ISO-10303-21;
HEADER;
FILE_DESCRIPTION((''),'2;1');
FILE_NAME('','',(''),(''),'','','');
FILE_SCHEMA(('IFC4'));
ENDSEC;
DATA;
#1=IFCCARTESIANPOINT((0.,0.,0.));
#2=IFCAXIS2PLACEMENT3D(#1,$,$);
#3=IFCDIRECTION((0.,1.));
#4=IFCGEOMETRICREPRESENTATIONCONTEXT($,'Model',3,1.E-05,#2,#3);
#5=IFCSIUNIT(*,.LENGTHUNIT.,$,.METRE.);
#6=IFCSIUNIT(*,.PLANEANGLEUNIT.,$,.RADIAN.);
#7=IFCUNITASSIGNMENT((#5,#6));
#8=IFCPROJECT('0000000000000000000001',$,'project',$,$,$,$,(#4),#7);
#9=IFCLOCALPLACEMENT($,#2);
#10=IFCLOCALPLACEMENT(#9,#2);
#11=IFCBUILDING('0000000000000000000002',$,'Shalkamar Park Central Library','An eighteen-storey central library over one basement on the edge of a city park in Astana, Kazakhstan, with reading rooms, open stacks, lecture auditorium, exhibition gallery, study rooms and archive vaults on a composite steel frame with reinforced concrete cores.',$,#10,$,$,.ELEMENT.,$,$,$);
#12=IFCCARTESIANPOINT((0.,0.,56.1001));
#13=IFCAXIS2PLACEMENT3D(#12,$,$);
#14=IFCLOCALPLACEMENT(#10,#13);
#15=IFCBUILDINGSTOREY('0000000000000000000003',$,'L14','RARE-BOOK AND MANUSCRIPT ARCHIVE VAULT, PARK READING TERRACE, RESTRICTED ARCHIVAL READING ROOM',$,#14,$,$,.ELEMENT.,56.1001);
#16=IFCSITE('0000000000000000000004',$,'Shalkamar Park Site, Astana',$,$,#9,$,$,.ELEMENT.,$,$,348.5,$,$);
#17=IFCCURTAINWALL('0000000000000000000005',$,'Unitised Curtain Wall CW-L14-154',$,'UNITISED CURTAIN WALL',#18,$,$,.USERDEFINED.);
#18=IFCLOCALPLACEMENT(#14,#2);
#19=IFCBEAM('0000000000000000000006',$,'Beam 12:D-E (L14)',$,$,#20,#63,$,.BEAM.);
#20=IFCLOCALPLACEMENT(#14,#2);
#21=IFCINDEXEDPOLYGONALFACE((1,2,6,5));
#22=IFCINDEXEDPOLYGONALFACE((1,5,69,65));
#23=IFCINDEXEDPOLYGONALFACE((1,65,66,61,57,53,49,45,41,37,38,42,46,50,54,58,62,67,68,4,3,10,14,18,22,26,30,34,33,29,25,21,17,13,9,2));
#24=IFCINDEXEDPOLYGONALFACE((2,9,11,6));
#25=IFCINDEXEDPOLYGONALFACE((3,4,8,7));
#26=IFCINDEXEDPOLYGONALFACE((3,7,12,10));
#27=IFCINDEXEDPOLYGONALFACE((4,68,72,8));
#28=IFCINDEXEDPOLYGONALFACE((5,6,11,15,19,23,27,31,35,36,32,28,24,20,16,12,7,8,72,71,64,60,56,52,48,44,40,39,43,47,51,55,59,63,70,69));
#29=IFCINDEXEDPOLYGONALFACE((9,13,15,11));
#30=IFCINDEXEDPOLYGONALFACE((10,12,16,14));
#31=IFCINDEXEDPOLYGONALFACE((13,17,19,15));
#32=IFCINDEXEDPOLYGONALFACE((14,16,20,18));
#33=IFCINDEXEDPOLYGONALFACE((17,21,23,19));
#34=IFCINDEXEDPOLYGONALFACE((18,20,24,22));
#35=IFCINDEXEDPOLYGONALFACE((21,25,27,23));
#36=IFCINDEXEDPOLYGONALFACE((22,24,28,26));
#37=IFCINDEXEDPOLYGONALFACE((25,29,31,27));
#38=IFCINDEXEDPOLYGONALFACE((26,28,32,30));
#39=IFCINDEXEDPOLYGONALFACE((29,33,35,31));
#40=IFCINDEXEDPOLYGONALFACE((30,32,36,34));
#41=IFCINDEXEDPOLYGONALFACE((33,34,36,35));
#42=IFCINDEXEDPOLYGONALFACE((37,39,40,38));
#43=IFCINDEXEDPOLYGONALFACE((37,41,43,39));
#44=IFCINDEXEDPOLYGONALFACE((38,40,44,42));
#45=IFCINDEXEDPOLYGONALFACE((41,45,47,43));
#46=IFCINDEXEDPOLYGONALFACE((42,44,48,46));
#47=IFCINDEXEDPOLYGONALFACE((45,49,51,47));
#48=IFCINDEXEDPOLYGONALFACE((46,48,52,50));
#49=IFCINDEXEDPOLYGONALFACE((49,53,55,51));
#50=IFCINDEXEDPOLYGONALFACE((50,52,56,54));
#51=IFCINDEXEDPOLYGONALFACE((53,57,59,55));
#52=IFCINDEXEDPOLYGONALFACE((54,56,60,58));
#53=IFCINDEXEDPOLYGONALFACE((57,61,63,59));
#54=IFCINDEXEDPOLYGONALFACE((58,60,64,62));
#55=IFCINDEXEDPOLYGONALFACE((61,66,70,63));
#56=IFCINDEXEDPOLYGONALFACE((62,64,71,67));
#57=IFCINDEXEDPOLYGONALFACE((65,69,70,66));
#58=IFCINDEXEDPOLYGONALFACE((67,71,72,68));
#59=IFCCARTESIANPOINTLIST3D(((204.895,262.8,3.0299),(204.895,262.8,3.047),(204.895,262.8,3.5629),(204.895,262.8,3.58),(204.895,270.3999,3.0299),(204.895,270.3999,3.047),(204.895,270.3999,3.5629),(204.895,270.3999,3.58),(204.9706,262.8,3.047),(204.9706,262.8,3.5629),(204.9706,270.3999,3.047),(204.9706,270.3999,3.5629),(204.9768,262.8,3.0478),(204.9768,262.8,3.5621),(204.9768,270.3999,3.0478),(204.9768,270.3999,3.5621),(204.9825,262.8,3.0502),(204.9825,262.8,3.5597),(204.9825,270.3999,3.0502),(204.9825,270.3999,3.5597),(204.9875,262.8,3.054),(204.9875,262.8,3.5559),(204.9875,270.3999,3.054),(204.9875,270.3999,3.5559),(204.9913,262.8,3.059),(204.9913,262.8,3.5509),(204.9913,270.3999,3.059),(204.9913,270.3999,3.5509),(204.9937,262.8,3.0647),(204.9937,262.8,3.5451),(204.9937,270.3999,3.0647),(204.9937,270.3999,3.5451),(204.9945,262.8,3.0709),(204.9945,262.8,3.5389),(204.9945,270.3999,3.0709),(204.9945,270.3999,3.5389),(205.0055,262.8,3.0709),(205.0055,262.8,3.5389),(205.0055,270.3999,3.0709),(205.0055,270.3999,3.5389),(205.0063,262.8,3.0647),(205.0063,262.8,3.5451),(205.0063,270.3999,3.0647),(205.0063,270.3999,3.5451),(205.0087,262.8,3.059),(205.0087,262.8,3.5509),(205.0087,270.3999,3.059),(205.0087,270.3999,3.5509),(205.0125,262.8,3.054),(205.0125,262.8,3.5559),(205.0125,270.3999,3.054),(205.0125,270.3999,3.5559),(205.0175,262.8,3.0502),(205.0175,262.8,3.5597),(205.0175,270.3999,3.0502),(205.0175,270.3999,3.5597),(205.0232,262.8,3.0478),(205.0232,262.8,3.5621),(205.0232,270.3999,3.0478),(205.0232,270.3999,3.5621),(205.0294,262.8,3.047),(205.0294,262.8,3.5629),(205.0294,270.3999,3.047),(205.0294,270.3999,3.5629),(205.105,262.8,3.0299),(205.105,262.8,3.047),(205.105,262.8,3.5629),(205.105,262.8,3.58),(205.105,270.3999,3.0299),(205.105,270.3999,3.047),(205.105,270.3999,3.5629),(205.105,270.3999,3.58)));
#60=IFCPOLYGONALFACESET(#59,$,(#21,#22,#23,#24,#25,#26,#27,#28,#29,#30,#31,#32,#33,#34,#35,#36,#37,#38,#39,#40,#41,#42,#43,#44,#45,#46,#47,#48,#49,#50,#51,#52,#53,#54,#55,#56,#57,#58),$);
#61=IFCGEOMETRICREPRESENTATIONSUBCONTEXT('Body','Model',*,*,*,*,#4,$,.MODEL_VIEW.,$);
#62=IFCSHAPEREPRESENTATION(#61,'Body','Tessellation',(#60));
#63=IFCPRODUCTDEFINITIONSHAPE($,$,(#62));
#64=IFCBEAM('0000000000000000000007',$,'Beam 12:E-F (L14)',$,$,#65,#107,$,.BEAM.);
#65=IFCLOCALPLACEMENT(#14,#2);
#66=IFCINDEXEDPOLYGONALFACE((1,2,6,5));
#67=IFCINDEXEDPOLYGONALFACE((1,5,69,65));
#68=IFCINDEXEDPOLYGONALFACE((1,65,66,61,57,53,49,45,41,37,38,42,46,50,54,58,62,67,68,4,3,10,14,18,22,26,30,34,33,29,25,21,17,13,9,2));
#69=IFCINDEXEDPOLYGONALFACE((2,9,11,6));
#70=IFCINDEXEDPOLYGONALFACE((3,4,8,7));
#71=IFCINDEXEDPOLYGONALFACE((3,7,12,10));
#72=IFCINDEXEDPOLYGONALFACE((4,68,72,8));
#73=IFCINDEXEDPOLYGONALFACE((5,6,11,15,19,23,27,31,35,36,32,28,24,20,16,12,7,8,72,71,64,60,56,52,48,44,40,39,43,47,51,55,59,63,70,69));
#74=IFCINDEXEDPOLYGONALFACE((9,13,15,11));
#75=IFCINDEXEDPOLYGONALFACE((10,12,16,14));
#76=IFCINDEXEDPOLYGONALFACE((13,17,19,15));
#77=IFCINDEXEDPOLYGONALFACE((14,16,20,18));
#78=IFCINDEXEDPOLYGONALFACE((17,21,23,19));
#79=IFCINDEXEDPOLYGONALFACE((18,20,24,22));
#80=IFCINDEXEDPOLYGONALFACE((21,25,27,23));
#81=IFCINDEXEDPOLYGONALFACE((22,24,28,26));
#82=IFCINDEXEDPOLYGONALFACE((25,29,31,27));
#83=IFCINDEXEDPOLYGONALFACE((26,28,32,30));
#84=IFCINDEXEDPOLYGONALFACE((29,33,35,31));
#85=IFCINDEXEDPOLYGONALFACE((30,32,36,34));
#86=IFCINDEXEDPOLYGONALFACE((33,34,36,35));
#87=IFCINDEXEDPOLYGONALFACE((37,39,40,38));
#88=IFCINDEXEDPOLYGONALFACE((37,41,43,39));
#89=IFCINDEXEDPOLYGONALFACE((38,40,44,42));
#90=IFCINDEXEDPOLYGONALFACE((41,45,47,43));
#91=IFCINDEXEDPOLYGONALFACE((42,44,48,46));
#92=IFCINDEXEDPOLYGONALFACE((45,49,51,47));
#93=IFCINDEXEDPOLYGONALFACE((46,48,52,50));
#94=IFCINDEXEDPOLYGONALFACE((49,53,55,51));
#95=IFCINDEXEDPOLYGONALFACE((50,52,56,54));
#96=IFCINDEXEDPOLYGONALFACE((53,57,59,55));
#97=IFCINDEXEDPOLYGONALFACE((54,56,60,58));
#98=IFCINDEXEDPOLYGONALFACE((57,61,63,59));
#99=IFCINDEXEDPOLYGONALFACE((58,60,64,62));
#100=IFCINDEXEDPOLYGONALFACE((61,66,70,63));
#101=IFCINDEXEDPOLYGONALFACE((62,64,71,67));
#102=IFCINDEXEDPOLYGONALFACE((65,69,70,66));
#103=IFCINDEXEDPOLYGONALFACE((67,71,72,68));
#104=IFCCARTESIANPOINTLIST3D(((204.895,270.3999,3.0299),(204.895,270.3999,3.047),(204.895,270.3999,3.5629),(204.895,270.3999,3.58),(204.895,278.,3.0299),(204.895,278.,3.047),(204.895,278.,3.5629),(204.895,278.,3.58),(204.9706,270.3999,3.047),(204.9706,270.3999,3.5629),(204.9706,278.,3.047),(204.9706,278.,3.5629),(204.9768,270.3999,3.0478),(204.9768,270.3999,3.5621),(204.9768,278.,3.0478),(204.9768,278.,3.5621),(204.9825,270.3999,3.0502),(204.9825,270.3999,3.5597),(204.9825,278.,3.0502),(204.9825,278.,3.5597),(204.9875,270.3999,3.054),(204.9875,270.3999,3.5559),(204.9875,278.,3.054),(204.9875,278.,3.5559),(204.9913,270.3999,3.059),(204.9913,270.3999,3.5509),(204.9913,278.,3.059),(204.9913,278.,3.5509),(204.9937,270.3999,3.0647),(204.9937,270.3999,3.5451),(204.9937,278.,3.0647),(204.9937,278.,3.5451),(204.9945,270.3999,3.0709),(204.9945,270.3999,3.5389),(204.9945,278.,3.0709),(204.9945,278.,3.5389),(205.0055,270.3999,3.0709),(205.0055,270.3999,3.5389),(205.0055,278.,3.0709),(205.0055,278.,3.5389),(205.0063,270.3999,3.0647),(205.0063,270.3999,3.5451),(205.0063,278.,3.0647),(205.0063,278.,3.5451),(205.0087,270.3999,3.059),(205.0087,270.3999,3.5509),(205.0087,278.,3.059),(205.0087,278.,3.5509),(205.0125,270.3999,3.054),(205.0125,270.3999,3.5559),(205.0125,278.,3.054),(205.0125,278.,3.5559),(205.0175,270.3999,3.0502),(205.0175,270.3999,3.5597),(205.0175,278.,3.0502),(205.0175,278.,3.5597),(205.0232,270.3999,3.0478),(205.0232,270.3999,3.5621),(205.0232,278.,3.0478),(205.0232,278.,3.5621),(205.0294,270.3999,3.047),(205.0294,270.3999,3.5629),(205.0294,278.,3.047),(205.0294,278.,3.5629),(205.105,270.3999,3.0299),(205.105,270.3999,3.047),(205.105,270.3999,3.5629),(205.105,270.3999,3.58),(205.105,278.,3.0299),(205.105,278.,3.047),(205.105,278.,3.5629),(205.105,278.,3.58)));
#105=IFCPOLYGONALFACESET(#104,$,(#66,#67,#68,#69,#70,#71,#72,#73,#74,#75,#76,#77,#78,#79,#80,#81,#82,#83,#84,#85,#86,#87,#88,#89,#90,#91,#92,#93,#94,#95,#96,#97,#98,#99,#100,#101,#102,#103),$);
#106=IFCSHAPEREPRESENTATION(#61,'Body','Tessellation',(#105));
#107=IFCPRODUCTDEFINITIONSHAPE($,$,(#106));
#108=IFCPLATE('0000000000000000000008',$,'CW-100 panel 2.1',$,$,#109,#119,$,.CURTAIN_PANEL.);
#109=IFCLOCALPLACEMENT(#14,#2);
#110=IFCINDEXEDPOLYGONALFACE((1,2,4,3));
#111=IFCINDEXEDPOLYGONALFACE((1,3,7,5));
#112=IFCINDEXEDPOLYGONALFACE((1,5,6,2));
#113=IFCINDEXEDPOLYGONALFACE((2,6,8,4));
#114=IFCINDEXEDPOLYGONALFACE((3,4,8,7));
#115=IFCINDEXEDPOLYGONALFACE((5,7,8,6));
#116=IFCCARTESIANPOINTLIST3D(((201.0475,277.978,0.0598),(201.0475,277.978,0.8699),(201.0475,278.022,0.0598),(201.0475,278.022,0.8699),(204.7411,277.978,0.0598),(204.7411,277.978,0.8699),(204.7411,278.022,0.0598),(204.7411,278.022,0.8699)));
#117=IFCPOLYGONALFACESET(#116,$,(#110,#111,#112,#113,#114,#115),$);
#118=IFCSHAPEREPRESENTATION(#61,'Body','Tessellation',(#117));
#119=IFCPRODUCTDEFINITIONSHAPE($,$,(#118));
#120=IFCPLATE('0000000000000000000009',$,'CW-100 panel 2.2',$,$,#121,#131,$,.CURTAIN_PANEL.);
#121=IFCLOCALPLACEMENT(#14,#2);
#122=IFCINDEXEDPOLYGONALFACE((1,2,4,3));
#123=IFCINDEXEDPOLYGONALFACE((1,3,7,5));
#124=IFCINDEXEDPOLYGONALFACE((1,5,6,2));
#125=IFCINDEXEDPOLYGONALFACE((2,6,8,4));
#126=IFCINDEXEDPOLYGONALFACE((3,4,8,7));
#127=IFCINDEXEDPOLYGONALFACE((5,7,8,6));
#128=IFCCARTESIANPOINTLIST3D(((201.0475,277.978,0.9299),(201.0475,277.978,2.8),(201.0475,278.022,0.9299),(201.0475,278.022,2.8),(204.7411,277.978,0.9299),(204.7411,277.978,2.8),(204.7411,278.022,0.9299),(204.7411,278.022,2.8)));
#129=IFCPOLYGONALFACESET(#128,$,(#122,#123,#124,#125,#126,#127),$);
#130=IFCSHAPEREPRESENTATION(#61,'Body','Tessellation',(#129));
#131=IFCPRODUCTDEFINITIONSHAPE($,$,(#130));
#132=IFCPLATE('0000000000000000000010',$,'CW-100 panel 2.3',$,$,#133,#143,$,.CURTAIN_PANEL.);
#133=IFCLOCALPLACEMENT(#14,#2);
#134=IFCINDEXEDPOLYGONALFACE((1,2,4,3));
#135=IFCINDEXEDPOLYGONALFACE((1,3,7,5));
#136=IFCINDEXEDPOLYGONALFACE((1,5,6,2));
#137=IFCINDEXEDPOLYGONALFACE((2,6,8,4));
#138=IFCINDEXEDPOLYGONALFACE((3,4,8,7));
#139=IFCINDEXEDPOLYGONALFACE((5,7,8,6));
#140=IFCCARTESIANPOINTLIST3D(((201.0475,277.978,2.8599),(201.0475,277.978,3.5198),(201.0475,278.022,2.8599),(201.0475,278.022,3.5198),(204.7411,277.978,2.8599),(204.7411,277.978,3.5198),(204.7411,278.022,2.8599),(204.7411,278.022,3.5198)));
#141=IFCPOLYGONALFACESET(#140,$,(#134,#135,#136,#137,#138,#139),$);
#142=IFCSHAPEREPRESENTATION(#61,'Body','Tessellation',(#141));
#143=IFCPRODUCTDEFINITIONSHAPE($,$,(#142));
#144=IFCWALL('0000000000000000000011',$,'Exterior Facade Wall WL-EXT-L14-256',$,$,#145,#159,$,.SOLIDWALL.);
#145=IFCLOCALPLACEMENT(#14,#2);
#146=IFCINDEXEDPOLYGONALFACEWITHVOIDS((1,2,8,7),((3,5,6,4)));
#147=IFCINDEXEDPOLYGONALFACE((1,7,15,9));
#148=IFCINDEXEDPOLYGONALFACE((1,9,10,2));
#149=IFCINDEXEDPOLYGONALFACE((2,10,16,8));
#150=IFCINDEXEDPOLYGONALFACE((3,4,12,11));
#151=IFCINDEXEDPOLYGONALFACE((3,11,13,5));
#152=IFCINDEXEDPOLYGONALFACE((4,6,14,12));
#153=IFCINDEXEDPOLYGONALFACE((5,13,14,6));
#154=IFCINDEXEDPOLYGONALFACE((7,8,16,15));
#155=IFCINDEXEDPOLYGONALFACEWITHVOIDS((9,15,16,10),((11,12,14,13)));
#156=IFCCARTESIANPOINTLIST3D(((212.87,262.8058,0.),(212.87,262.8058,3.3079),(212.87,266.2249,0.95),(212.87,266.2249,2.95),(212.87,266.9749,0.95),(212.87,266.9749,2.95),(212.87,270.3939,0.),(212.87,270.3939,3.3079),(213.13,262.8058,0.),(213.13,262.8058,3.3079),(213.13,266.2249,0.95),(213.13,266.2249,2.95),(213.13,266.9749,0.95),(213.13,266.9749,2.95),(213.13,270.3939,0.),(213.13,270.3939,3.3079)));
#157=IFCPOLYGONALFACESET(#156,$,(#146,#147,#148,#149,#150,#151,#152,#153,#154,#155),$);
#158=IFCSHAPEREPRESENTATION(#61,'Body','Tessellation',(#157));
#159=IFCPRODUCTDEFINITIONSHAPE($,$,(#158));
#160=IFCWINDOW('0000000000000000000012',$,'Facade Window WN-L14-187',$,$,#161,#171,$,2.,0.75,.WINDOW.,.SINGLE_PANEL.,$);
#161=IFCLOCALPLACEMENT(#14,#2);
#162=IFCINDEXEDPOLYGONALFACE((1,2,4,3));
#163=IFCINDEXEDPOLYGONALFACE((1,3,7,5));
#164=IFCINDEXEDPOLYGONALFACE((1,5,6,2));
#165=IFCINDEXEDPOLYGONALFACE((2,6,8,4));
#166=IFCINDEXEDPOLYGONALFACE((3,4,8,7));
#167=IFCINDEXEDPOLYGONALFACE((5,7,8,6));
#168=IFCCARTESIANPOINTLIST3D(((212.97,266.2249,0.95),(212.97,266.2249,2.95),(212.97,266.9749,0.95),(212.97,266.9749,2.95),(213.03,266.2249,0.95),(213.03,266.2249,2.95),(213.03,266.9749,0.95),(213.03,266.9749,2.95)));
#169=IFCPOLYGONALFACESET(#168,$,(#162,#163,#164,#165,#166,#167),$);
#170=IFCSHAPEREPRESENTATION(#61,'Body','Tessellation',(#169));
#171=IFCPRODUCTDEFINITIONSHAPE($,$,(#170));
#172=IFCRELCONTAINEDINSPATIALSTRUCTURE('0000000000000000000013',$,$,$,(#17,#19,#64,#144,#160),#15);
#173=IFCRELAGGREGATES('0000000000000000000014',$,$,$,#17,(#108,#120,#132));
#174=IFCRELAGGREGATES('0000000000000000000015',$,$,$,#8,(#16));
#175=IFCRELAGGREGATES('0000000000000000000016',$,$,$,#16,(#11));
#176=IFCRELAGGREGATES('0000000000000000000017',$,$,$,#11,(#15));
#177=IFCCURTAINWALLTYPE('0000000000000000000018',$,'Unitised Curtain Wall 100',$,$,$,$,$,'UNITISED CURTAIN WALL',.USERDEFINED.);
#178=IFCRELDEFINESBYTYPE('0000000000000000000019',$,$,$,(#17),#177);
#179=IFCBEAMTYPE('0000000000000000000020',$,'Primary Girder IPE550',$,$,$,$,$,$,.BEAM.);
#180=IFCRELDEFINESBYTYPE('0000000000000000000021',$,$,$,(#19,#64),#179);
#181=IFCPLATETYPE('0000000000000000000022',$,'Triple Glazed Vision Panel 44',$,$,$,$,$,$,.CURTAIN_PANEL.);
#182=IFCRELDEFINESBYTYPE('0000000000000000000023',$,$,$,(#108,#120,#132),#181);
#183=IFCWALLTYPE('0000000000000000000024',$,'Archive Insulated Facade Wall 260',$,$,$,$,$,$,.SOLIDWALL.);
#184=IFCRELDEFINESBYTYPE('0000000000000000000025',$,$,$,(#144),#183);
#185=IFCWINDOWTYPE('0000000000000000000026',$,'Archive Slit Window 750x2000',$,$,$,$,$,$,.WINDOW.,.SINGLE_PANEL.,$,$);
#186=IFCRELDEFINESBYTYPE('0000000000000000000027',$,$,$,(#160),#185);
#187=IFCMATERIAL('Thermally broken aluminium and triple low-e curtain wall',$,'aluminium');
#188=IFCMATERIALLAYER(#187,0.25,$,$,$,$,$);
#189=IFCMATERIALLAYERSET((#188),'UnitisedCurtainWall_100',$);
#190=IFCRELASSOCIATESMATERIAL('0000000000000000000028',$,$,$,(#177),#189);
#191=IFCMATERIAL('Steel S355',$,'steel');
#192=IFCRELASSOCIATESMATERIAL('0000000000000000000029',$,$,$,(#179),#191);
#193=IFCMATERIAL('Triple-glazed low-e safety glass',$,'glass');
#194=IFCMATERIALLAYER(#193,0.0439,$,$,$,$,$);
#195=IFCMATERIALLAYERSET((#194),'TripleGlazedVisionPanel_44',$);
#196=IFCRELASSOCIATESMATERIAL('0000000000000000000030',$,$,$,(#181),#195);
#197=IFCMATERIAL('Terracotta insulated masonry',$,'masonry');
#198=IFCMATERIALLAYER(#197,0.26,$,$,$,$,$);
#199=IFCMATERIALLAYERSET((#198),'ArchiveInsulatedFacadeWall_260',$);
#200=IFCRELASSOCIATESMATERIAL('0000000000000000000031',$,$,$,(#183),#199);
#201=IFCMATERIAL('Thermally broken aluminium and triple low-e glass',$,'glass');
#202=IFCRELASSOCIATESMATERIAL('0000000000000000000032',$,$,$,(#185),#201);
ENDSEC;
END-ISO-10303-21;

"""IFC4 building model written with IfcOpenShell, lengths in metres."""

from ifc_helpers import new_model, si_unit, direction, frame, frame_2d, origin, origin_2d, place, context, subcontext, project, spatial, rectangle, i_section, extrude, material, layer, layer_set, material_profile, profile_set, type_object, element, fill, aggregate, save


model = new_model("IFC4")

# Units and contexts
model_context = context("Model", 3, precision=1e-05, world=origin(), true_north=direction((0.0, 1.0)))
body_context = subcontext(model_context, "Body", "Model", "MODEL_VIEW")
ifc_project = project(units=[si_unit("LENGTHUNIT", "METRE"), si_unit("PLANEANGLEUNIT", "RADIAN")], contexts=[model_context])

# Site, building, storey
site_placement = place(None, origin())
site = spatial("IfcSite", under=ifc_project, at=site_placement, Name="Shalkamar Park Site, Astana", CompositionType="ELEMENT", RefElevation=348.5)
building_placement = place(site_placement, origin())
building = spatial("IfcBuilding", under=site, at=building_placement, Name="Shalkamar Park Central Library", Description="An eighteen-storey central library over one basement on the edge of a city park in Astana, Kazakhstan, with reading rooms, open stacks, lecture auditorium, exhibition gallery, study rooms and archive vaults on a composite steel frame with reinforced concrete cores.", CompositionType="ELEMENT")
storey_placement = place(building_placement, frame((0.0, 0.0, 56.1001)))
storey = spatial("IfcBuildingStorey", under=building, at=storey_placement, Name="L14", Description="RARE-BOOK AND MANUSCRIPT ARCHIVE VAULT, PARK READING TERRACE, RESTRICTED ARCHIVAL READING ROOM", CompositionType="ELEMENT", Elevation=56.1001)

# Shared definitions
ifc_material_1 = material(Name="Steel S355", Category="steel")

# Curtain wall
ifc_material_2 = material(Name="Thermally broken aluminium and triple low-e curtain wall", Category="aluminium")
ifc_layer_1 = layer(ifc_material_2, 0.25)
ifc_layer_set_1 = layer_set([ifc_layer_1], Name="UnitisedCurtainWall_100")
curtain_wall_type = type_object("IfcCurtainWallType", Name="Unitised Curtain Wall 100", ElementType="UNITISED CURTAIN WALL", PredefinedType="USERDEFINED", material=ifc_layer_set_1)
curtain_wall_placement = place(storey_placement, origin())
curtain_wall = element("IfcCurtainWall", 1, at=curtain_wall_placement, inside=storey, type_object=curtain_wall_type, Name="Unitised Curtain Wall CW-L14-154", ObjectType="UNITISED CURTAIN WALL", PredefinedType="USERDEFINED")

# Beams
ifc_material_profile_1 = material_profile(ifc_material_1, i_section(OverallWidth=0.21, OverallDepth=0.55, WebThickness=0.011, FlangeThickness=0.0171, FilletRadius=0.0239, at=origin_2d()), Name="IPE 550")
ifc_profile_set_1 = profile_set([ifc_material_profile_1], Name="Steel S355")
beam_type_1 = type_object("IfcBeamType", Name="Primary Girder IPE550", PredefinedType="BEAM", material=ifc_profile_set_1)
beam_1_placement = place(storey_placement, frame((205.0, 262.8, 3.3049), z_axis=(0.0, 1.0, 0.0), x_axis=(-1.0, 0.0, 0.0)))
element("IfcBeam", 2, at=beam_1_placement, inside=storey, type_object=beam_type_1, Name="Beam 12:D-E (L14)", PredefinedType="BEAM", context=body_context, shape_type="SweptSolid", body=[
    extrude(i_section(OverallWidth=0.21, OverallDepth=0.55, WebThickness=0.011, FlangeThickness=0.0171, FilletRadius=0.0239, at=origin_2d()), origin(), (0.0, 0.0, 1.0), 7.5999),
])
beam_2_placement = place(storey_placement, frame((205.0, 270.3999, 3.3049), z_axis=(0.0, 1.0, 0.0), x_axis=(-1.0, 0.0, 0.0)))
element("IfcBeam", 3, at=beam_2_placement, inside=storey, type_object=beam_type_1, Name="Beam 12:E-F (L14)", PredefinedType="BEAM", context=body_context, shape_type="SweptSolid", body=[
    extrude(i_section(OverallWidth=0.21, OverallDepth=0.55, WebThickness=0.011, FlangeThickness=0.0171, FilletRadius=0.0239, at=origin_2d()), origin(), (0.0, 0.0, 1.0), 7.6001),
])

# Plates
ifc_material_3 = material(Name="Triple-glazed low-e safety glass", Category="glass")
ifc_layer_2 = layer(ifc_material_3, 0.0439)
ifc_layer_set_2 = layer_set([ifc_layer_2], Name="TripleGlazedVisionPanel_44")
plate_type = type_object("IfcPlateType", Name="Triple Glazed Vision Panel 44", PredefinedType="CURTAIN_PANEL", material=ifc_layer_set_2)
plate_1_placement = place(storey_placement, frame((202.8943, 278.0, 0.0598), z_axis=(0.0, 0.0, 1.0), x_axis=(1.0, 0.0, 0.0)))
plate_1 = element("IfcPlate", 4, at=plate_1_placement, type_object=plate_type, Name="CW-100 panel 2.1", PredefinedType="CURTAIN_PANEL", context=body_context, shape_type="SweptSolid", body=[
    extrude(rectangle(XDim=3.6936, YDim=0.0439, at=origin_2d()), origin(), (0.0, 0.0, 1.0), 0.8101),
])
plate_2_placement = place(storey_placement, frame((202.8943, 278.0, 0.9299), z_axis=(0.0, 0.0, 1.0), x_axis=(1.0, 0.0, 0.0)))
plate_2 = element("IfcPlate", 5, at=plate_2_placement, type_object=plate_type, Name="CW-100 panel 2.2", PredefinedType="CURTAIN_PANEL", context=body_context, shape_type="SweptSolid", body=[
    extrude(rectangle(XDim=3.6936, YDim=0.0439, at=origin_2d()), origin(), (0.0, 0.0, 1.0), 1.8701),
])
plate_3_placement = place(storey_placement, frame((202.8943, 278.0, 2.8599), z_axis=(0.0, 0.0, 1.0), x_axis=(1.0, 0.0, 0.0)))
plate_3 = element("IfcPlate", 6, at=plate_3_placement, type_object=plate_type, Name="CW-100 panel 2.3", PredefinedType="CURTAIN_PANEL", context=body_context, shape_type="SweptSolid", body=[
    extrude(rectangle(XDim=3.6936, YDim=0.0439, at=origin_2d()), origin(), (0.0, 0.0, 1.0), 0.6599),
])
aggregate(curtain_wall, [plate_1, plate_2, plate_3])

# Wall, opening, window
ifc_material_4 = material(Name="Terracotta insulated masonry", Category="masonry")
ifc_layer_3 = layer(ifc_material_4, 0.26)
ifc_layer_set_3 = layer_set([ifc_layer_3], Name="ArchiveInsulatedFacadeWall_260")
wall_type = type_object("IfcWallType", Name="Archive Insulated Facade Wall 260", PredefinedType="SOLIDWALL", material=ifc_layer_set_3)
wall_1_placement = place(storey_placement, frame((213.0, 262.8059, 0.0), z_axis=(0.0, 0.0, 1.0), x_axis=(0.0, 1.0, 0.0)))
wall_1 = element("IfcWall", 7, at=wall_1_placement, inside=storey, type_object=wall_type, Name="Exterior Facade Wall WL-EXT-L14-256", PredefinedType="SOLIDWALL", context=body_context, shape_type="SweptSolid", body=[
    extrude(rectangle(XDim=7.5881, YDim=0.26, at=frame_2d((3.7939, 0.0))), origin(), (0.0, 0.0, 1.0), 3.3079),
])
opening_1_placement = place(wall_1_placement, frame((3.4189, 0.0, 0.95)))
opening_1 = element("IfcOpeningElement", 8, at=opening_1_placement, cuts=wall_1, PredefinedType="OPENING", context=body_context, shape_type="SweptSolid", body=[
    extrude(rectangle(XDim=0.75, YDim=2.0, at=frame_2d((0.375, 1.0))), frame((0.0, 0.145, 0.0), z_axis=(0.0, -1.0, 0.0), x_axis=(1.0, 0.0, 0.0)), (0.0, 0.0, 1.0), 0.2898),
])
ifc_material_5 = material(Name="Thermally broken aluminium and triple low-e glass", Category="glass")
window_type_1 = type_object("IfcWindowType", Name="Archive Slit Window 750x2000", PartitioningType="SINGLE_PANEL", PredefinedType="WINDOW", material=ifc_material_5)
window_1_placement = place(opening_1_placement, origin())
window_1 = element("IfcWindow", 9, at=window_1_placement, inside=storey, type_object=window_type_1, Name="Facade Window WN-L14-187", OverallHeight=2.0, OverallWidth=0.75, PartitioningType="SINGLE_PANEL", PredefinedType="WINDOW", context=body_context, shape_type="SweptSolid", body=[
    extrude(rectangle(XDim=0.75, YDim=2.0, at=frame_2d((0.375, 1.0))), frame((0.0, 0.03, 0.0), z_axis=(0.0, -1.0, 0.0), x_axis=(1.0, 0.0, 0.0)), (0.0, 0.0, 1.0), 0.0601),
])
fill(opening_1, window_1)

save(model, "model.ifc")
